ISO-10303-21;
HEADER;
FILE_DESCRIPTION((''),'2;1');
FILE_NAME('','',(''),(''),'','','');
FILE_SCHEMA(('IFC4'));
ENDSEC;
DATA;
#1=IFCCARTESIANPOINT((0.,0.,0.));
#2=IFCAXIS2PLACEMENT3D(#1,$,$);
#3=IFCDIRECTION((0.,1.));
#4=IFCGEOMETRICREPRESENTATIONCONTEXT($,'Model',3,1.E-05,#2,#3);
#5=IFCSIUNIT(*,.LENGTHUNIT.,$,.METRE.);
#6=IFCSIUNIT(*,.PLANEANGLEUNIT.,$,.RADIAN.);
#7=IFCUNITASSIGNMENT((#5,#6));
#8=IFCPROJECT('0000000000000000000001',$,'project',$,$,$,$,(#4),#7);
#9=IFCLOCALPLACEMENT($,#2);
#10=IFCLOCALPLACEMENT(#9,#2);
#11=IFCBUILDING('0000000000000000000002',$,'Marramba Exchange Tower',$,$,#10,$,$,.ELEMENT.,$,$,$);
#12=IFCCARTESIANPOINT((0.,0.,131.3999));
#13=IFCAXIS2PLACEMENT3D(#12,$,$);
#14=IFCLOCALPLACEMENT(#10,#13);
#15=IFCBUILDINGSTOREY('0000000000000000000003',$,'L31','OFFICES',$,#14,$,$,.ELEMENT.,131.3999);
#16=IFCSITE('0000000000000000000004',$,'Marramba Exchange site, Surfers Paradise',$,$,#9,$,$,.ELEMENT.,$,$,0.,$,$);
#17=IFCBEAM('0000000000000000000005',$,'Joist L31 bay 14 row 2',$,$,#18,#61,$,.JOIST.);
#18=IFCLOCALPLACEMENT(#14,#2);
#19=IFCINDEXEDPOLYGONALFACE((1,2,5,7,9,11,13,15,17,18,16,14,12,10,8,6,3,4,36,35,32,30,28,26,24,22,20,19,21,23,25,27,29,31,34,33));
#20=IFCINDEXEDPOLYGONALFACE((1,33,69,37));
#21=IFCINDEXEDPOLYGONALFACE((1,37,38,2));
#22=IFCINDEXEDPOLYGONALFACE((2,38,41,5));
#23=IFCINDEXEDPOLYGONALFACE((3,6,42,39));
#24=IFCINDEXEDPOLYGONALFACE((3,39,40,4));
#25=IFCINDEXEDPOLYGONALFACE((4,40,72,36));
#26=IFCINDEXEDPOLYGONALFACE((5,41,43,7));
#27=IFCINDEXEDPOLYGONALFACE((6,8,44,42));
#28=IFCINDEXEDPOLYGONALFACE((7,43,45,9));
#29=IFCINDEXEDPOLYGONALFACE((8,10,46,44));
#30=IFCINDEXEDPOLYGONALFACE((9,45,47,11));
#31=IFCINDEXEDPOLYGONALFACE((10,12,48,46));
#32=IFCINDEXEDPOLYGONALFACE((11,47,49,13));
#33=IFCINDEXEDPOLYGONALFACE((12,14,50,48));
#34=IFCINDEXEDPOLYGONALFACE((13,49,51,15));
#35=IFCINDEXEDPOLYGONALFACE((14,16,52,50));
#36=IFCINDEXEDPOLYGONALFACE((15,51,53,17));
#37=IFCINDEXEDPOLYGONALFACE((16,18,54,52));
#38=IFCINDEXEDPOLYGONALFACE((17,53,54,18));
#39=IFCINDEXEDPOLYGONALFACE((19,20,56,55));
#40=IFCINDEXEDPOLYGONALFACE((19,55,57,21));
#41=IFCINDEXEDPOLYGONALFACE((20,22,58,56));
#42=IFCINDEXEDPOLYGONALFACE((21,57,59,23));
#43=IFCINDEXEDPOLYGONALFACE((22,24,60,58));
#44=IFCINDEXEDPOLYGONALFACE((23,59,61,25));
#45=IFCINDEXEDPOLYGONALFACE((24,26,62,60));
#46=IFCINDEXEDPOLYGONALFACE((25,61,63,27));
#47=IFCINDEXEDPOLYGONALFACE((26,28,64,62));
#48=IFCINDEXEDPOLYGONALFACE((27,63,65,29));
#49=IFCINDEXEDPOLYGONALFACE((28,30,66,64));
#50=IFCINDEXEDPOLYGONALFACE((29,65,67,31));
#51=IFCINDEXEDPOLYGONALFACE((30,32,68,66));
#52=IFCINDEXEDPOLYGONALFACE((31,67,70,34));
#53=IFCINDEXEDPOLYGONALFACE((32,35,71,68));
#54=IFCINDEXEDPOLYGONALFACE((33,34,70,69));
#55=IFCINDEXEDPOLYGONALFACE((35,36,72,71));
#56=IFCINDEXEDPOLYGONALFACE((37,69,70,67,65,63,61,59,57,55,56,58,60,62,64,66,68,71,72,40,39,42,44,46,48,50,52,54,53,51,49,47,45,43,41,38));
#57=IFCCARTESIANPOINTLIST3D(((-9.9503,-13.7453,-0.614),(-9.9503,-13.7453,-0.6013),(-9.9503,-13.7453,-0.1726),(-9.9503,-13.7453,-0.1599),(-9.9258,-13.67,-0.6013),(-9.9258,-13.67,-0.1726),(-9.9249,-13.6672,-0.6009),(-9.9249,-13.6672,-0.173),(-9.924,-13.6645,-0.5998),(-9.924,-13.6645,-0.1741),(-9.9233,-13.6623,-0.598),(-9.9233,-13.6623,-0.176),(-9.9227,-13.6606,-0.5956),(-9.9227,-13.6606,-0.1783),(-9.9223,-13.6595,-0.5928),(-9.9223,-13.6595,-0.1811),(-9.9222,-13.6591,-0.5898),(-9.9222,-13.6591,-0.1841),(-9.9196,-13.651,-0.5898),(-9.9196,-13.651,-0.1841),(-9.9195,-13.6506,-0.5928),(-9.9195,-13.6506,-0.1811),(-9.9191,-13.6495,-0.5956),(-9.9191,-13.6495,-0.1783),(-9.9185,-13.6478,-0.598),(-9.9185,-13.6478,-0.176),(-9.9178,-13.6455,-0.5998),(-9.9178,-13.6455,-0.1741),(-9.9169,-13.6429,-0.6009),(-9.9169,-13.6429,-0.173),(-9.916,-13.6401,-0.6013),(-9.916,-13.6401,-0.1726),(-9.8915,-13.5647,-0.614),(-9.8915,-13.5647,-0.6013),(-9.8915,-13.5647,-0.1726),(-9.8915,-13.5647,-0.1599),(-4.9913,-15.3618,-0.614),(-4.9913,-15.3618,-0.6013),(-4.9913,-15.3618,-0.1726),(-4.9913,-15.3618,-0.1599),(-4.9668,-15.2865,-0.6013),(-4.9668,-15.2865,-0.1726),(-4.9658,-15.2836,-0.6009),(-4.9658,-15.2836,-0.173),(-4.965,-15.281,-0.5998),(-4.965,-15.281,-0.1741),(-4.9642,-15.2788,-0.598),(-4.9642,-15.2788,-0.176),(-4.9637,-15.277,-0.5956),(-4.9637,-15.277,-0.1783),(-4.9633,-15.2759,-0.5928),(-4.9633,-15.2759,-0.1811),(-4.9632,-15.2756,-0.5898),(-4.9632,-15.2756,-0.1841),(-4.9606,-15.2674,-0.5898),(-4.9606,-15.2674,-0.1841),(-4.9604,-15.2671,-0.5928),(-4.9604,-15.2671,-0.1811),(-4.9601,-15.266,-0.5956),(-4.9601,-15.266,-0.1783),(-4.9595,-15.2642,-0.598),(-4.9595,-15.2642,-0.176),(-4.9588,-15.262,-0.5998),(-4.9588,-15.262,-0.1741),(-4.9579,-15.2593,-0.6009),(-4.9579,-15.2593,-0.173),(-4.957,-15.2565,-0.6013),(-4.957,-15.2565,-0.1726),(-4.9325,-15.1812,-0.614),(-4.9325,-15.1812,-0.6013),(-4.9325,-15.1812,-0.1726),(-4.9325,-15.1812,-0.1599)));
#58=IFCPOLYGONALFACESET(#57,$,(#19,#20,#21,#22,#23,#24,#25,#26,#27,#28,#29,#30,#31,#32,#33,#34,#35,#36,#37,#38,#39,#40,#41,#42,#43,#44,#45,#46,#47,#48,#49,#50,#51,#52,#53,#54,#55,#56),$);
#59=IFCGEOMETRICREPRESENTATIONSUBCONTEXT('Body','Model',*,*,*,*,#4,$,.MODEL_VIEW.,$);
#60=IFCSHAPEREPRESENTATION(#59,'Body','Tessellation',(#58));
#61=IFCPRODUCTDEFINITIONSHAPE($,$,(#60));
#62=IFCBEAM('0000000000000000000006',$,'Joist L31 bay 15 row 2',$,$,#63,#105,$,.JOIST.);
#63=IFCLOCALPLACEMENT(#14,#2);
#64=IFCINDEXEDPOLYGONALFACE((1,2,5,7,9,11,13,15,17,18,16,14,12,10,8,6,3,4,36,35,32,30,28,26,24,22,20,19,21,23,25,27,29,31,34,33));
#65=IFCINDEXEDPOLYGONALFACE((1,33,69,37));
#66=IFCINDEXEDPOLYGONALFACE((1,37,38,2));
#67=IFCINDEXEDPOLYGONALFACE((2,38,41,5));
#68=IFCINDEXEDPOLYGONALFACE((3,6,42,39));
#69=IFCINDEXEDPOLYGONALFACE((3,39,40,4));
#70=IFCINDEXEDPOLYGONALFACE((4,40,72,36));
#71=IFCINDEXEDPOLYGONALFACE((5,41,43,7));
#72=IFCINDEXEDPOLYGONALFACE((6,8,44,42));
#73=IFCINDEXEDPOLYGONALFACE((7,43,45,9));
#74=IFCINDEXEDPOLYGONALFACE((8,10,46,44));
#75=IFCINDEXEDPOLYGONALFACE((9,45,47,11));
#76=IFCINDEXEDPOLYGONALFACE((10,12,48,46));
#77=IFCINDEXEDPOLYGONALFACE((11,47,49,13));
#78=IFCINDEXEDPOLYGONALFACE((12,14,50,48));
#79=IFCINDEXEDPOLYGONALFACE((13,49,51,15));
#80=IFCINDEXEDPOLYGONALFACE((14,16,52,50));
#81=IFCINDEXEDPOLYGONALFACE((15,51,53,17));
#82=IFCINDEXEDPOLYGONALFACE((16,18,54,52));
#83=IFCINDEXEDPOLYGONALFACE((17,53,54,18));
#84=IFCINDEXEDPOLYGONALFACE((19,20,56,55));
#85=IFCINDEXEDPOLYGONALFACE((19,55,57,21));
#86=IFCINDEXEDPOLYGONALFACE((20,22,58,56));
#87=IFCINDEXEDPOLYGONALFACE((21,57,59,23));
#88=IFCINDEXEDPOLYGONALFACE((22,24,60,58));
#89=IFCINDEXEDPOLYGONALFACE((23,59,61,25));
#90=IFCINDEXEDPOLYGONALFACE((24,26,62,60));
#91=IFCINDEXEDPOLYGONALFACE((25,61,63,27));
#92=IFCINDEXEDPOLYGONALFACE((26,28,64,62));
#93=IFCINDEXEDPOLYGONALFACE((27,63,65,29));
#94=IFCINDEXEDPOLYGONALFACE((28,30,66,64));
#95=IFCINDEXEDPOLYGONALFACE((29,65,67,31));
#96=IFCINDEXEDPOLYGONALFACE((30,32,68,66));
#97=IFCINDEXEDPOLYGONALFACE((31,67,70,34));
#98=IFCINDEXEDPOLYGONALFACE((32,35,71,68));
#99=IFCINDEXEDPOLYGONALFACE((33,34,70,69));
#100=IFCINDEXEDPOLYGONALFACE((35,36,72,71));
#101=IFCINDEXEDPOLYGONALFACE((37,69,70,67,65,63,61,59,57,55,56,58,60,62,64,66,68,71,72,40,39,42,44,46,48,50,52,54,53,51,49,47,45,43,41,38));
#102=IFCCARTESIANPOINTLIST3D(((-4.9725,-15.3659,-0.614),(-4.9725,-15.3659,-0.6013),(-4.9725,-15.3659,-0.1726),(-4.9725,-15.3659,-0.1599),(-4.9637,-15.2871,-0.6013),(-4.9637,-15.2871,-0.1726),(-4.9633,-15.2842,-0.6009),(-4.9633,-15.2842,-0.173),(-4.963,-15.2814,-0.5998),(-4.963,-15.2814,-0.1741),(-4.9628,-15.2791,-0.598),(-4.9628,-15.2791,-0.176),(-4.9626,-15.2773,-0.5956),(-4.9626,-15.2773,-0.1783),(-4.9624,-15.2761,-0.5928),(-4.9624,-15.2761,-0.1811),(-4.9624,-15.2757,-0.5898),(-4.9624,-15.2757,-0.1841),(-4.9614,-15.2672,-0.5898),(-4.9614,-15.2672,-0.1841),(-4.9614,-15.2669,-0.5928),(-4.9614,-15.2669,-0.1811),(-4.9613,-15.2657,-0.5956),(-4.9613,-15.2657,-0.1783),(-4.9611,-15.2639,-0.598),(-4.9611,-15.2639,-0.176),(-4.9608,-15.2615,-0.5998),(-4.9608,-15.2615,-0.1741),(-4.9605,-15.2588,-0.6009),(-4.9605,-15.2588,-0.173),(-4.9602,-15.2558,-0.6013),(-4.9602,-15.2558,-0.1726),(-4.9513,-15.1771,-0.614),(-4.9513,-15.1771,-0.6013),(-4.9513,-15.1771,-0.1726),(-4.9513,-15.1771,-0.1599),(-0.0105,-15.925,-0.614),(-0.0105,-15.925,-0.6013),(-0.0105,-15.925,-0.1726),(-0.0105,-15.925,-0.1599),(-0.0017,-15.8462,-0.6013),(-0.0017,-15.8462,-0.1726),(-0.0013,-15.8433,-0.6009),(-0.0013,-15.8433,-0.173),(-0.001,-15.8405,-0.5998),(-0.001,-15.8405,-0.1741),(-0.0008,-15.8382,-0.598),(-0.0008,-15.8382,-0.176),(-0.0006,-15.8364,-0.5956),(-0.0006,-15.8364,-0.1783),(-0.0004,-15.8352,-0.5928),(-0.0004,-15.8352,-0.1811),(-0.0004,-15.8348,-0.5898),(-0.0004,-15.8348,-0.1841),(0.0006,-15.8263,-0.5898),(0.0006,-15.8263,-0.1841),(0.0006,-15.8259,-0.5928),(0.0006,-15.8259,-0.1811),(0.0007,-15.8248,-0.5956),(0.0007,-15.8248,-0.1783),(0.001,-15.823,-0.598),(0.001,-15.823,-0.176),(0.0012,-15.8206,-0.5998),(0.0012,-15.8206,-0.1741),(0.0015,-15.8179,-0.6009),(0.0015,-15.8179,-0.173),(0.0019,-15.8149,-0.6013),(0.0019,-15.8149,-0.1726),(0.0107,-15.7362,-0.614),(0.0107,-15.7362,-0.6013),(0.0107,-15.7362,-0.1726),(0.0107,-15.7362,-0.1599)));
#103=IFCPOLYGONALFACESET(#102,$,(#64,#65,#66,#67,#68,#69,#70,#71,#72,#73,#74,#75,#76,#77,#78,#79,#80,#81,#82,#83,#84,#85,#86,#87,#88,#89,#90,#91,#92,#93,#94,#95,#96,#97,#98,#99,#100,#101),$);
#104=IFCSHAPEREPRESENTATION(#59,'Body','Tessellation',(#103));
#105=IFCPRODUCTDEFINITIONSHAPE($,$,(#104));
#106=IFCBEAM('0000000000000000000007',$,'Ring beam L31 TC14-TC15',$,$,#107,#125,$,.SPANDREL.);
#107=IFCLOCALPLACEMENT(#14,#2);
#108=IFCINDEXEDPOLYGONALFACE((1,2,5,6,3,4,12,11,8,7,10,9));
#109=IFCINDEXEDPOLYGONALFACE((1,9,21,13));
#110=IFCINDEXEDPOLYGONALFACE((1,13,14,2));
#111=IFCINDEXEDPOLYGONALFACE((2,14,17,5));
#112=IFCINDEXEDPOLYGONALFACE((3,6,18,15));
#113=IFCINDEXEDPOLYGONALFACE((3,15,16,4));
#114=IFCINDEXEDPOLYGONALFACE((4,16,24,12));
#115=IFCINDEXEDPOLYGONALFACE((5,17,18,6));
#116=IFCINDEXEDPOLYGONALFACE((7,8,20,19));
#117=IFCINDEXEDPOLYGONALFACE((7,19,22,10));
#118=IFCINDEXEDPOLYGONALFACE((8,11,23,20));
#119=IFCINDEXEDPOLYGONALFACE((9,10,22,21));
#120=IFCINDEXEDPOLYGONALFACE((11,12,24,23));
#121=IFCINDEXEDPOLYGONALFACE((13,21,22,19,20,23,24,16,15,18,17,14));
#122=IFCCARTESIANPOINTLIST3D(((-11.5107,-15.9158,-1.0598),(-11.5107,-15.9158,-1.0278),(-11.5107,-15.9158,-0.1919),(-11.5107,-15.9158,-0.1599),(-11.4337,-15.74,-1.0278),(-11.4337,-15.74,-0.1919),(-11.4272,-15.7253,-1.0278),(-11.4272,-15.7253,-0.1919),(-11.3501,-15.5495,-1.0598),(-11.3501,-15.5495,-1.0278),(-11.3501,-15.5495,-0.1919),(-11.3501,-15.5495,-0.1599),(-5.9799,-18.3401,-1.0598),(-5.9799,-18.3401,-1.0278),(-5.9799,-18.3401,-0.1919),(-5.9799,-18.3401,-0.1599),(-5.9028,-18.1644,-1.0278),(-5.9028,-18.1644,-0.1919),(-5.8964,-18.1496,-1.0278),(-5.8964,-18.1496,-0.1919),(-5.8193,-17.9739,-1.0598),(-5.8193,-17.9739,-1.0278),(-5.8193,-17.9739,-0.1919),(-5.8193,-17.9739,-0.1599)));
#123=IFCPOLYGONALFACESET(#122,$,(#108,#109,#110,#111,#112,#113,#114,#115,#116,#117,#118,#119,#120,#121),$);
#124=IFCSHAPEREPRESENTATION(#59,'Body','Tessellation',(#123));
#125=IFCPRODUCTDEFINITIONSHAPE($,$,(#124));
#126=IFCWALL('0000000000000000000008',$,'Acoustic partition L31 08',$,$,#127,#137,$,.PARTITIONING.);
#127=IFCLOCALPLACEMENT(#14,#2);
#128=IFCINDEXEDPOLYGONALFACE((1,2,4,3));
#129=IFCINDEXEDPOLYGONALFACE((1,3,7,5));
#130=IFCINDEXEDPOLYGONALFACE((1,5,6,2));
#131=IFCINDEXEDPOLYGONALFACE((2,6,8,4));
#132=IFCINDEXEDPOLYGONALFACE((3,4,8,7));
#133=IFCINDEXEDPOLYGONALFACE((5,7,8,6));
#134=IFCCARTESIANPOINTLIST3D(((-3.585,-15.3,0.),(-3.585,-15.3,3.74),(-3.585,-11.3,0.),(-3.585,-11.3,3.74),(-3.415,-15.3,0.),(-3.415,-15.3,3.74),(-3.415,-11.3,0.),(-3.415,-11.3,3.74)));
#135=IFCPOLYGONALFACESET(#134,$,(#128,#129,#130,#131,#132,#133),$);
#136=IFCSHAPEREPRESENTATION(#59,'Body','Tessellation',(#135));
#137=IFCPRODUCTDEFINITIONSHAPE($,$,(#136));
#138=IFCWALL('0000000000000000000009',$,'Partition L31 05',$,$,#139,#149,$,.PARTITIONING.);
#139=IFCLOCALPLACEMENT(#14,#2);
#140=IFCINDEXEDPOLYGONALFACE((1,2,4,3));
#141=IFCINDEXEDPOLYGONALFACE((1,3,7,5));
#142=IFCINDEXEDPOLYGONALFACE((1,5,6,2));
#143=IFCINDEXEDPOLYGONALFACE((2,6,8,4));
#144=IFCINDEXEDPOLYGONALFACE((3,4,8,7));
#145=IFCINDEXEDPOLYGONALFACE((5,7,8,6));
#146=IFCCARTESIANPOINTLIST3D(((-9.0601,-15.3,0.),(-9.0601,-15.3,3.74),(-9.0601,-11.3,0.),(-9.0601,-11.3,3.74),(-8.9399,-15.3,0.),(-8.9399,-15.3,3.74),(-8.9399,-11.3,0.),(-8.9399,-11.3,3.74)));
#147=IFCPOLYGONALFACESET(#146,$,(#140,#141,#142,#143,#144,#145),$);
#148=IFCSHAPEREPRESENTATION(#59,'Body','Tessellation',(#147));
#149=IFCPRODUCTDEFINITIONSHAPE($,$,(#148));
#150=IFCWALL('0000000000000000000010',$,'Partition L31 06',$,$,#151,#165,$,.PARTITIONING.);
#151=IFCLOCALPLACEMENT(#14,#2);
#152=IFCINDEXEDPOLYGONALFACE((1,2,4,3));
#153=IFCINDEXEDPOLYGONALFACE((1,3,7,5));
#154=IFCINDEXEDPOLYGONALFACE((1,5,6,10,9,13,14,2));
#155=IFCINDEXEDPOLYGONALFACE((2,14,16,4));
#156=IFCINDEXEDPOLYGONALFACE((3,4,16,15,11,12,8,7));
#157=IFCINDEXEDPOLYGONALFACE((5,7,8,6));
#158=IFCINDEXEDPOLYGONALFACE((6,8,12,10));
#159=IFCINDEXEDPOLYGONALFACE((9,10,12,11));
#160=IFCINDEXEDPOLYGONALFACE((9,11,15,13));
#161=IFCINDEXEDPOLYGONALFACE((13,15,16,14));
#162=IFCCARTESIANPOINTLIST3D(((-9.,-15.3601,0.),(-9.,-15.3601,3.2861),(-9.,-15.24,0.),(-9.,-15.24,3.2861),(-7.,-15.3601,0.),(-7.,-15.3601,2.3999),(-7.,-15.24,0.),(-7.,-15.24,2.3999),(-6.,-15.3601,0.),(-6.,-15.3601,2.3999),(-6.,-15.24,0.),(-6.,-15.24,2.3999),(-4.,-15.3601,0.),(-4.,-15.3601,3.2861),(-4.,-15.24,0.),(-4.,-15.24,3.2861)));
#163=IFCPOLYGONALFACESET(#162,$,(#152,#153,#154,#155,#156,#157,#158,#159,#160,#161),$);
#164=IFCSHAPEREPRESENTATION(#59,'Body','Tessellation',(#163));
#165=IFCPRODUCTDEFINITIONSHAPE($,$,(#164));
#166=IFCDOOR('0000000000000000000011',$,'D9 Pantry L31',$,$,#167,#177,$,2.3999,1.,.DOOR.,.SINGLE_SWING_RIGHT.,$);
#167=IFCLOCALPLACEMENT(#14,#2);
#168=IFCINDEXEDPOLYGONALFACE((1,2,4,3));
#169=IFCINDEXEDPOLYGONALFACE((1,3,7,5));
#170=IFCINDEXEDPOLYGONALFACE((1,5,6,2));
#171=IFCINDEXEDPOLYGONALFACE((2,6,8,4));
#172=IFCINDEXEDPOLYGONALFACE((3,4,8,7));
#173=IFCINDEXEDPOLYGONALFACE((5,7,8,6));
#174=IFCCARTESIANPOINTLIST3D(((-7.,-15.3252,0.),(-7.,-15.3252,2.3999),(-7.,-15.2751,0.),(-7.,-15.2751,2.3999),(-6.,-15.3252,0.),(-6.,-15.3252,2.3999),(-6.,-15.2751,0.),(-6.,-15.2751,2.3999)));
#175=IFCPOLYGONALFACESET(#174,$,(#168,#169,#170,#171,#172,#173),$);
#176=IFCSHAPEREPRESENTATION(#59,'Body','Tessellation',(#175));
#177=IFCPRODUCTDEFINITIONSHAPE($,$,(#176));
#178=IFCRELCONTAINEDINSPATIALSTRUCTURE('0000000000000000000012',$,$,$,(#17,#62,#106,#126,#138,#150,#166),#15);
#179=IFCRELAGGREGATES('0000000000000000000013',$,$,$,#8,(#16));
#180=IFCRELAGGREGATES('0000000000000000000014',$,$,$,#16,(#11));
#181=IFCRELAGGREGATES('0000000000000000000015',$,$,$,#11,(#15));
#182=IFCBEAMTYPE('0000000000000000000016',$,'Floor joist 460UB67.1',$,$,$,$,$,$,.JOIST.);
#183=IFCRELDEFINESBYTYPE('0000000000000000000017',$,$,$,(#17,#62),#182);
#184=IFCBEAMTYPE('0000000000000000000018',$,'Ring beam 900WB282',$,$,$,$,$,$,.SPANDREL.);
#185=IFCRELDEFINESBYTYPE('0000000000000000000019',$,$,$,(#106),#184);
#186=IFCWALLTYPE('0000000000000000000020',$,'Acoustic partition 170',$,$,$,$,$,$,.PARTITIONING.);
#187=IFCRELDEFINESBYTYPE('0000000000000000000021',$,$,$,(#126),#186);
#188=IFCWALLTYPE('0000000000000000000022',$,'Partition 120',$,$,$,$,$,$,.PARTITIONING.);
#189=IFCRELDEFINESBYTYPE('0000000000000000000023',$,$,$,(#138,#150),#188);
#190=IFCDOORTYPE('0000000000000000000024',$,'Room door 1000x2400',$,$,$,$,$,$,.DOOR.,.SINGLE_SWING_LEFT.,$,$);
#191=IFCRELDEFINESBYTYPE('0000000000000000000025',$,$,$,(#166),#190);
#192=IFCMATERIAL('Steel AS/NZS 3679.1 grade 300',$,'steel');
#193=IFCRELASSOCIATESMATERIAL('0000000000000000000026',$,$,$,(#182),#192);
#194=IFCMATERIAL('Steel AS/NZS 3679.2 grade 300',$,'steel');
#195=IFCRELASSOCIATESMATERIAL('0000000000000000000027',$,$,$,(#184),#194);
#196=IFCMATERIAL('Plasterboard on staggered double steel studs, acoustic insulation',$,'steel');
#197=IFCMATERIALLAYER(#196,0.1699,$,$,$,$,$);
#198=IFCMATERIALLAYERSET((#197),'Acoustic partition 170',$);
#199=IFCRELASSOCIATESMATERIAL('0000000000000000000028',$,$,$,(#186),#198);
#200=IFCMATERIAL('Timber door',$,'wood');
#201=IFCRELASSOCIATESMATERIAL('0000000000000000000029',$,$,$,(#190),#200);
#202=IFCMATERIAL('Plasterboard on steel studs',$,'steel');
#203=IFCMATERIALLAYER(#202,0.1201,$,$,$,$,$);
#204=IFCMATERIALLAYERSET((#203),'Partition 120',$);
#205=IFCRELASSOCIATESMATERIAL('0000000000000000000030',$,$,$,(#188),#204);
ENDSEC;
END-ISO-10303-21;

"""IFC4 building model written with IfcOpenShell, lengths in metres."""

from ifc_helpers import new_model, si_unit, direction, frame, frame_2d, origin, origin_2d, place, context, subcontext, project, spatial, rectangle, i_section, extrude, material, layer, layer_set, material_profile, profile_set, type_object, element, fill, save


model = new_model("IFC4")

# Units and contexts
model_context = context("Model", 3, precision=1e-05, world=origin(), true_north=direction((0.0, 1.0)))
body_context = subcontext(model_context, "Body", "Model", "MODEL_VIEW")
ifc_project = project(units=[si_unit("LENGTHUNIT", "METRE"), si_unit("PLANEANGLEUNIT", "RADIAN")], contexts=[model_context])

# Site, building, storey
site_placement = place(None, origin())
site = spatial("IfcSite", under=ifc_project, at=site_placement, Name="Marramba Exchange site, Surfers Paradise", CompositionType="ELEMENT", RefElevation=0.0)
building_placement = place(site_placement, origin())
building = spatial("IfcBuilding", under=site, at=building_placement, Name="Marramba Exchange Tower", CompositionType="ELEMENT")
storey_placement = place(building_placement, frame((0.0, 0.0, 131.3999)))
storey = spatial("IfcBuildingStorey", under=building, at=storey_placement, Name="L31", Description="OFFICES", CompositionType="ELEMENT", Elevation=131.3999)

# Beams
ifc_material_1 = material(Name="Steel AS/NZS 3679.2 grade 300", Category="steel")
ifc_material_2 = material(Name="Steel AS/NZS 3679.1 grade 300", Category="steel")
ifc_material_profile_1 = material_profile(ifc_material_2, i_section(OverallWidth=0.1899, OverallDepth=0.4541, WebThickness=0.0085, FlangeThickness=0.0127, FilletRadius=0.0115, at=origin_2d()), Name="460UB67.1")
ifc_profile_set_1 = profile_set([ifc_material_profile_1], Name="Steel AS/NZS 3679.1 grade 300")
beam_type_1 = type_object("IfcBeamType", Name="Floor joist 460UB67.1", PredefinedType="JOIST", material=ifc_profile_set_1)
beam_1_placement = place(storey_placement, frame((-9.9209, -13.655, -0.387), z_axis=(0.950764, -0.309916, 0.0), x_axis=(0.309916, 0.950764, 0.0)))
element("IfcBeam", 1, at=beam_1_placement, inside=storey, type_object=beam_type_1, Name="Joist L31 bay 14 row 2", PredefinedType="JOIST", context=body_context, shape_type="SweptSolid", body=[
    extrude(i_section(OverallWidth=0.1899, OverallDepth=0.4541, WebThickness=0.0085, FlangeThickness=0.0127, FilletRadius=0.0115, at=origin_2d()), origin(), (0.0, 0.0, 1.0), 5.2158),
])
beam_2_placement = place(storey_placement, frame((-4.9619, -15.2715, -0.387), z_axis=(0.993712, -0.111966, 0.0), x_axis=(0.111966, 0.993712, 0.0)))
element("IfcBeam", 2, at=beam_2_placement, inside=storey, type_object=beam_type_1, Name="Joist L31 bay 15 row 2", PredefinedType="JOIST", context=body_context, shape_type="SweptSolid", body=[
    extrude(i_section(OverallWidth=0.1899, OverallDepth=0.4541, WebThickness=0.0085, FlangeThickness=0.0127, FilletRadius=0.0115, at=origin_2d()), origin(), (0.0, 0.0, 1.0), 4.9934),
])
ifc_material_profile_2 = material_profile(ifc_material_1, i_section(OverallWidth=0.3999, OverallDepth=0.8999, WebThickness=0.0161, FlangeThickness=0.032, at=origin_2d()), Name="900WB282")
ifc_profile_set_2 = profile_set([ifc_material_profile_2], Name="Steel AS/NZS 3679.2 grade 300")
beam_type_2 = type_object("IfcBeamType", Name="Ring beam 900WB282", PredefinedType="SPANDREL", material=ifc_profile_set_2)
beam_3_placement = place(storey_placement, frame((-11.4304, -15.7327, -0.6099), z_axis=(0.915877, -0.401459, 0.0), x_axis=(0.401459, 0.915877, 0.0)))
element("IfcBeam", 3, at=beam_3_placement, inside=storey, type_object=beam_type_2, Name="Ring beam L31 TC14-TC15", PredefinedType="SPANDREL", context=body_context, shape_type="SweptSolid", body=[
    extrude(i_section(OverallWidth=0.3999, OverallDepth=0.8999, WebThickness=0.0161, FlangeThickness=0.032, at=origin_2d()), origin(), (0.0, 0.0, 1.0), 6.0388),
])

# Wall
ifc_material_3 = material(Name="Plasterboard on staggered double steel studs, acoustic insulation", Category="steel")
ifc_layer_1 = layer(ifc_material_3, 0.1699)
ifc_layer_set_1 = layer_set([ifc_layer_1], Name="Acoustic partition 170")
wall_type_1 = type_object("IfcWallType", Name="Acoustic partition 170", PredefinedType="PARTITIONING", material=ifc_layer_set_1)
wall_1_placement = place(storey_placement, frame((-3.5, -11.3, 0.0), z_axis=(0.0, 0.0, 1.0), x_axis=(0.0, -1.0, 0.0)))
element("IfcWall", 4, at=wall_1_placement, inside=storey, type_object=wall_type_1, Name="Acoustic partition L31 08", PredefinedType="PARTITIONING", context=body_context, shape_type="SweptSolid", body=[
    extrude(rectangle(XDim=4.0, YDim=0.1699, at=frame_2d((2.0, 0.0))), origin(), (0.0, 0.0, 1.0), 3.74),
])

# Shared definitions
ifc_material_4 = material(Name="Timber door", Category="wood")
door_type = type_object("IfcDoorType", Name="Room door 1000x2400", OperationType="SINGLE_SWING_LEFT", PredefinedType="DOOR", material=ifc_material_4)

# Wall
ifc_material_5 = material(Name="Plasterboard on steel studs", Category="steel")
ifc_layer_2 = layer(ifc_material_5, 0.1201)
ifc_layer_set_2 = layer_set([ifc_layer_2], Name="Partition 120")
wall_type_2 = type_object("IfcWallType", Name="Partition 120", PredefinedType="PARTITIONING", material=ifc_layer_set_2)
wall_2_placement = place(storey_placement, frame((-9.0, -11.3, 0.0), z_axis=(0.0, 0.0, 1.0), x_axis=(0.0, -1.0, 0.0)))
element("IfcWall", 5, at=wall_2_placement, inside=storey, type_object=wall_type_2, Name="Partition L31 05", PredefinedType="PARTITIONING", context=body_context, shape_type="SweptSolid", body=[
    extrude(rectangle(XDim=4.0, YDim=0.1201, at=frame_2d((2.0, 0.0))), origin(), (0.0, 0.0, 1.0), 3.74),
])

# Wall, opening, door
wall_3_placement = place(storey_placement, frame((-9.0, -15.3, 0.0), z_axis=(0.0, 0.0, 1.0), x_axis=(1.0, 0.0, 0.0)))
wall_3 = element("IfcWall", 6, at=wall_3_placement, inside=storey, type_object=wall_type_2, Name="Partition L31 06", PredefinedType="PARTITIONING", context=body_context, shape_type="SweptSolid", body=[
    extrude(rectangle(XDim=5.0, YDim=0.1201, at=frame_2d((2.5, 0.0))), origin(), (0.0, 0.0, 1.0), 3.2861),
])
opening_1_placement = place(wall_3_placement, frame((2.0, 0.0, 0.0)))
opening_1 = element("IfcOpeningElement", 7, at=opening_1_placement, cuts=wall_3, PredefinedType="OPENING", context=body_context, shape_type="SweptSolid", body=[
    extrude(rectangle(XDim=1.0, YDim=2.3999, at=frame_2d((0.5, 1.2))), frame((0.0, 0.0701, 0.0), z_axis=(0.0, -1.0, 0.0), x_axis=(1.0, 0.0, 0.0)), (0.0, 0.0, 1.0), 0.1401),
])
door_1_placement = place(opening_1_placement, origin())
door_1 = element("IfcDoor", 8, at=door_1_placement, inside=storey, type_object=door_type, Name="D9 Pantry L31", OperationType="SINGLE_SWING_RIGHT", OverallHeight=2.3999, OverallWidth=1.0, PredefinedType="DOOR", context=body_context, shape_type="SweptSolid", body=[
    extrude(rectangle(XDim=1.0, YDim=2.3999, at=frame_2d((0.5, 1.2))), frame((0.0, 0.0249, 0.0), z_axis=(0.0, -1.0, 0.0), x_axis=(1.0, 0.0, 0.0)), (0.0, 0.0, 1.0), 0.05),
])
fill(opening_1, door_1)

save(model, "model.ifc")
